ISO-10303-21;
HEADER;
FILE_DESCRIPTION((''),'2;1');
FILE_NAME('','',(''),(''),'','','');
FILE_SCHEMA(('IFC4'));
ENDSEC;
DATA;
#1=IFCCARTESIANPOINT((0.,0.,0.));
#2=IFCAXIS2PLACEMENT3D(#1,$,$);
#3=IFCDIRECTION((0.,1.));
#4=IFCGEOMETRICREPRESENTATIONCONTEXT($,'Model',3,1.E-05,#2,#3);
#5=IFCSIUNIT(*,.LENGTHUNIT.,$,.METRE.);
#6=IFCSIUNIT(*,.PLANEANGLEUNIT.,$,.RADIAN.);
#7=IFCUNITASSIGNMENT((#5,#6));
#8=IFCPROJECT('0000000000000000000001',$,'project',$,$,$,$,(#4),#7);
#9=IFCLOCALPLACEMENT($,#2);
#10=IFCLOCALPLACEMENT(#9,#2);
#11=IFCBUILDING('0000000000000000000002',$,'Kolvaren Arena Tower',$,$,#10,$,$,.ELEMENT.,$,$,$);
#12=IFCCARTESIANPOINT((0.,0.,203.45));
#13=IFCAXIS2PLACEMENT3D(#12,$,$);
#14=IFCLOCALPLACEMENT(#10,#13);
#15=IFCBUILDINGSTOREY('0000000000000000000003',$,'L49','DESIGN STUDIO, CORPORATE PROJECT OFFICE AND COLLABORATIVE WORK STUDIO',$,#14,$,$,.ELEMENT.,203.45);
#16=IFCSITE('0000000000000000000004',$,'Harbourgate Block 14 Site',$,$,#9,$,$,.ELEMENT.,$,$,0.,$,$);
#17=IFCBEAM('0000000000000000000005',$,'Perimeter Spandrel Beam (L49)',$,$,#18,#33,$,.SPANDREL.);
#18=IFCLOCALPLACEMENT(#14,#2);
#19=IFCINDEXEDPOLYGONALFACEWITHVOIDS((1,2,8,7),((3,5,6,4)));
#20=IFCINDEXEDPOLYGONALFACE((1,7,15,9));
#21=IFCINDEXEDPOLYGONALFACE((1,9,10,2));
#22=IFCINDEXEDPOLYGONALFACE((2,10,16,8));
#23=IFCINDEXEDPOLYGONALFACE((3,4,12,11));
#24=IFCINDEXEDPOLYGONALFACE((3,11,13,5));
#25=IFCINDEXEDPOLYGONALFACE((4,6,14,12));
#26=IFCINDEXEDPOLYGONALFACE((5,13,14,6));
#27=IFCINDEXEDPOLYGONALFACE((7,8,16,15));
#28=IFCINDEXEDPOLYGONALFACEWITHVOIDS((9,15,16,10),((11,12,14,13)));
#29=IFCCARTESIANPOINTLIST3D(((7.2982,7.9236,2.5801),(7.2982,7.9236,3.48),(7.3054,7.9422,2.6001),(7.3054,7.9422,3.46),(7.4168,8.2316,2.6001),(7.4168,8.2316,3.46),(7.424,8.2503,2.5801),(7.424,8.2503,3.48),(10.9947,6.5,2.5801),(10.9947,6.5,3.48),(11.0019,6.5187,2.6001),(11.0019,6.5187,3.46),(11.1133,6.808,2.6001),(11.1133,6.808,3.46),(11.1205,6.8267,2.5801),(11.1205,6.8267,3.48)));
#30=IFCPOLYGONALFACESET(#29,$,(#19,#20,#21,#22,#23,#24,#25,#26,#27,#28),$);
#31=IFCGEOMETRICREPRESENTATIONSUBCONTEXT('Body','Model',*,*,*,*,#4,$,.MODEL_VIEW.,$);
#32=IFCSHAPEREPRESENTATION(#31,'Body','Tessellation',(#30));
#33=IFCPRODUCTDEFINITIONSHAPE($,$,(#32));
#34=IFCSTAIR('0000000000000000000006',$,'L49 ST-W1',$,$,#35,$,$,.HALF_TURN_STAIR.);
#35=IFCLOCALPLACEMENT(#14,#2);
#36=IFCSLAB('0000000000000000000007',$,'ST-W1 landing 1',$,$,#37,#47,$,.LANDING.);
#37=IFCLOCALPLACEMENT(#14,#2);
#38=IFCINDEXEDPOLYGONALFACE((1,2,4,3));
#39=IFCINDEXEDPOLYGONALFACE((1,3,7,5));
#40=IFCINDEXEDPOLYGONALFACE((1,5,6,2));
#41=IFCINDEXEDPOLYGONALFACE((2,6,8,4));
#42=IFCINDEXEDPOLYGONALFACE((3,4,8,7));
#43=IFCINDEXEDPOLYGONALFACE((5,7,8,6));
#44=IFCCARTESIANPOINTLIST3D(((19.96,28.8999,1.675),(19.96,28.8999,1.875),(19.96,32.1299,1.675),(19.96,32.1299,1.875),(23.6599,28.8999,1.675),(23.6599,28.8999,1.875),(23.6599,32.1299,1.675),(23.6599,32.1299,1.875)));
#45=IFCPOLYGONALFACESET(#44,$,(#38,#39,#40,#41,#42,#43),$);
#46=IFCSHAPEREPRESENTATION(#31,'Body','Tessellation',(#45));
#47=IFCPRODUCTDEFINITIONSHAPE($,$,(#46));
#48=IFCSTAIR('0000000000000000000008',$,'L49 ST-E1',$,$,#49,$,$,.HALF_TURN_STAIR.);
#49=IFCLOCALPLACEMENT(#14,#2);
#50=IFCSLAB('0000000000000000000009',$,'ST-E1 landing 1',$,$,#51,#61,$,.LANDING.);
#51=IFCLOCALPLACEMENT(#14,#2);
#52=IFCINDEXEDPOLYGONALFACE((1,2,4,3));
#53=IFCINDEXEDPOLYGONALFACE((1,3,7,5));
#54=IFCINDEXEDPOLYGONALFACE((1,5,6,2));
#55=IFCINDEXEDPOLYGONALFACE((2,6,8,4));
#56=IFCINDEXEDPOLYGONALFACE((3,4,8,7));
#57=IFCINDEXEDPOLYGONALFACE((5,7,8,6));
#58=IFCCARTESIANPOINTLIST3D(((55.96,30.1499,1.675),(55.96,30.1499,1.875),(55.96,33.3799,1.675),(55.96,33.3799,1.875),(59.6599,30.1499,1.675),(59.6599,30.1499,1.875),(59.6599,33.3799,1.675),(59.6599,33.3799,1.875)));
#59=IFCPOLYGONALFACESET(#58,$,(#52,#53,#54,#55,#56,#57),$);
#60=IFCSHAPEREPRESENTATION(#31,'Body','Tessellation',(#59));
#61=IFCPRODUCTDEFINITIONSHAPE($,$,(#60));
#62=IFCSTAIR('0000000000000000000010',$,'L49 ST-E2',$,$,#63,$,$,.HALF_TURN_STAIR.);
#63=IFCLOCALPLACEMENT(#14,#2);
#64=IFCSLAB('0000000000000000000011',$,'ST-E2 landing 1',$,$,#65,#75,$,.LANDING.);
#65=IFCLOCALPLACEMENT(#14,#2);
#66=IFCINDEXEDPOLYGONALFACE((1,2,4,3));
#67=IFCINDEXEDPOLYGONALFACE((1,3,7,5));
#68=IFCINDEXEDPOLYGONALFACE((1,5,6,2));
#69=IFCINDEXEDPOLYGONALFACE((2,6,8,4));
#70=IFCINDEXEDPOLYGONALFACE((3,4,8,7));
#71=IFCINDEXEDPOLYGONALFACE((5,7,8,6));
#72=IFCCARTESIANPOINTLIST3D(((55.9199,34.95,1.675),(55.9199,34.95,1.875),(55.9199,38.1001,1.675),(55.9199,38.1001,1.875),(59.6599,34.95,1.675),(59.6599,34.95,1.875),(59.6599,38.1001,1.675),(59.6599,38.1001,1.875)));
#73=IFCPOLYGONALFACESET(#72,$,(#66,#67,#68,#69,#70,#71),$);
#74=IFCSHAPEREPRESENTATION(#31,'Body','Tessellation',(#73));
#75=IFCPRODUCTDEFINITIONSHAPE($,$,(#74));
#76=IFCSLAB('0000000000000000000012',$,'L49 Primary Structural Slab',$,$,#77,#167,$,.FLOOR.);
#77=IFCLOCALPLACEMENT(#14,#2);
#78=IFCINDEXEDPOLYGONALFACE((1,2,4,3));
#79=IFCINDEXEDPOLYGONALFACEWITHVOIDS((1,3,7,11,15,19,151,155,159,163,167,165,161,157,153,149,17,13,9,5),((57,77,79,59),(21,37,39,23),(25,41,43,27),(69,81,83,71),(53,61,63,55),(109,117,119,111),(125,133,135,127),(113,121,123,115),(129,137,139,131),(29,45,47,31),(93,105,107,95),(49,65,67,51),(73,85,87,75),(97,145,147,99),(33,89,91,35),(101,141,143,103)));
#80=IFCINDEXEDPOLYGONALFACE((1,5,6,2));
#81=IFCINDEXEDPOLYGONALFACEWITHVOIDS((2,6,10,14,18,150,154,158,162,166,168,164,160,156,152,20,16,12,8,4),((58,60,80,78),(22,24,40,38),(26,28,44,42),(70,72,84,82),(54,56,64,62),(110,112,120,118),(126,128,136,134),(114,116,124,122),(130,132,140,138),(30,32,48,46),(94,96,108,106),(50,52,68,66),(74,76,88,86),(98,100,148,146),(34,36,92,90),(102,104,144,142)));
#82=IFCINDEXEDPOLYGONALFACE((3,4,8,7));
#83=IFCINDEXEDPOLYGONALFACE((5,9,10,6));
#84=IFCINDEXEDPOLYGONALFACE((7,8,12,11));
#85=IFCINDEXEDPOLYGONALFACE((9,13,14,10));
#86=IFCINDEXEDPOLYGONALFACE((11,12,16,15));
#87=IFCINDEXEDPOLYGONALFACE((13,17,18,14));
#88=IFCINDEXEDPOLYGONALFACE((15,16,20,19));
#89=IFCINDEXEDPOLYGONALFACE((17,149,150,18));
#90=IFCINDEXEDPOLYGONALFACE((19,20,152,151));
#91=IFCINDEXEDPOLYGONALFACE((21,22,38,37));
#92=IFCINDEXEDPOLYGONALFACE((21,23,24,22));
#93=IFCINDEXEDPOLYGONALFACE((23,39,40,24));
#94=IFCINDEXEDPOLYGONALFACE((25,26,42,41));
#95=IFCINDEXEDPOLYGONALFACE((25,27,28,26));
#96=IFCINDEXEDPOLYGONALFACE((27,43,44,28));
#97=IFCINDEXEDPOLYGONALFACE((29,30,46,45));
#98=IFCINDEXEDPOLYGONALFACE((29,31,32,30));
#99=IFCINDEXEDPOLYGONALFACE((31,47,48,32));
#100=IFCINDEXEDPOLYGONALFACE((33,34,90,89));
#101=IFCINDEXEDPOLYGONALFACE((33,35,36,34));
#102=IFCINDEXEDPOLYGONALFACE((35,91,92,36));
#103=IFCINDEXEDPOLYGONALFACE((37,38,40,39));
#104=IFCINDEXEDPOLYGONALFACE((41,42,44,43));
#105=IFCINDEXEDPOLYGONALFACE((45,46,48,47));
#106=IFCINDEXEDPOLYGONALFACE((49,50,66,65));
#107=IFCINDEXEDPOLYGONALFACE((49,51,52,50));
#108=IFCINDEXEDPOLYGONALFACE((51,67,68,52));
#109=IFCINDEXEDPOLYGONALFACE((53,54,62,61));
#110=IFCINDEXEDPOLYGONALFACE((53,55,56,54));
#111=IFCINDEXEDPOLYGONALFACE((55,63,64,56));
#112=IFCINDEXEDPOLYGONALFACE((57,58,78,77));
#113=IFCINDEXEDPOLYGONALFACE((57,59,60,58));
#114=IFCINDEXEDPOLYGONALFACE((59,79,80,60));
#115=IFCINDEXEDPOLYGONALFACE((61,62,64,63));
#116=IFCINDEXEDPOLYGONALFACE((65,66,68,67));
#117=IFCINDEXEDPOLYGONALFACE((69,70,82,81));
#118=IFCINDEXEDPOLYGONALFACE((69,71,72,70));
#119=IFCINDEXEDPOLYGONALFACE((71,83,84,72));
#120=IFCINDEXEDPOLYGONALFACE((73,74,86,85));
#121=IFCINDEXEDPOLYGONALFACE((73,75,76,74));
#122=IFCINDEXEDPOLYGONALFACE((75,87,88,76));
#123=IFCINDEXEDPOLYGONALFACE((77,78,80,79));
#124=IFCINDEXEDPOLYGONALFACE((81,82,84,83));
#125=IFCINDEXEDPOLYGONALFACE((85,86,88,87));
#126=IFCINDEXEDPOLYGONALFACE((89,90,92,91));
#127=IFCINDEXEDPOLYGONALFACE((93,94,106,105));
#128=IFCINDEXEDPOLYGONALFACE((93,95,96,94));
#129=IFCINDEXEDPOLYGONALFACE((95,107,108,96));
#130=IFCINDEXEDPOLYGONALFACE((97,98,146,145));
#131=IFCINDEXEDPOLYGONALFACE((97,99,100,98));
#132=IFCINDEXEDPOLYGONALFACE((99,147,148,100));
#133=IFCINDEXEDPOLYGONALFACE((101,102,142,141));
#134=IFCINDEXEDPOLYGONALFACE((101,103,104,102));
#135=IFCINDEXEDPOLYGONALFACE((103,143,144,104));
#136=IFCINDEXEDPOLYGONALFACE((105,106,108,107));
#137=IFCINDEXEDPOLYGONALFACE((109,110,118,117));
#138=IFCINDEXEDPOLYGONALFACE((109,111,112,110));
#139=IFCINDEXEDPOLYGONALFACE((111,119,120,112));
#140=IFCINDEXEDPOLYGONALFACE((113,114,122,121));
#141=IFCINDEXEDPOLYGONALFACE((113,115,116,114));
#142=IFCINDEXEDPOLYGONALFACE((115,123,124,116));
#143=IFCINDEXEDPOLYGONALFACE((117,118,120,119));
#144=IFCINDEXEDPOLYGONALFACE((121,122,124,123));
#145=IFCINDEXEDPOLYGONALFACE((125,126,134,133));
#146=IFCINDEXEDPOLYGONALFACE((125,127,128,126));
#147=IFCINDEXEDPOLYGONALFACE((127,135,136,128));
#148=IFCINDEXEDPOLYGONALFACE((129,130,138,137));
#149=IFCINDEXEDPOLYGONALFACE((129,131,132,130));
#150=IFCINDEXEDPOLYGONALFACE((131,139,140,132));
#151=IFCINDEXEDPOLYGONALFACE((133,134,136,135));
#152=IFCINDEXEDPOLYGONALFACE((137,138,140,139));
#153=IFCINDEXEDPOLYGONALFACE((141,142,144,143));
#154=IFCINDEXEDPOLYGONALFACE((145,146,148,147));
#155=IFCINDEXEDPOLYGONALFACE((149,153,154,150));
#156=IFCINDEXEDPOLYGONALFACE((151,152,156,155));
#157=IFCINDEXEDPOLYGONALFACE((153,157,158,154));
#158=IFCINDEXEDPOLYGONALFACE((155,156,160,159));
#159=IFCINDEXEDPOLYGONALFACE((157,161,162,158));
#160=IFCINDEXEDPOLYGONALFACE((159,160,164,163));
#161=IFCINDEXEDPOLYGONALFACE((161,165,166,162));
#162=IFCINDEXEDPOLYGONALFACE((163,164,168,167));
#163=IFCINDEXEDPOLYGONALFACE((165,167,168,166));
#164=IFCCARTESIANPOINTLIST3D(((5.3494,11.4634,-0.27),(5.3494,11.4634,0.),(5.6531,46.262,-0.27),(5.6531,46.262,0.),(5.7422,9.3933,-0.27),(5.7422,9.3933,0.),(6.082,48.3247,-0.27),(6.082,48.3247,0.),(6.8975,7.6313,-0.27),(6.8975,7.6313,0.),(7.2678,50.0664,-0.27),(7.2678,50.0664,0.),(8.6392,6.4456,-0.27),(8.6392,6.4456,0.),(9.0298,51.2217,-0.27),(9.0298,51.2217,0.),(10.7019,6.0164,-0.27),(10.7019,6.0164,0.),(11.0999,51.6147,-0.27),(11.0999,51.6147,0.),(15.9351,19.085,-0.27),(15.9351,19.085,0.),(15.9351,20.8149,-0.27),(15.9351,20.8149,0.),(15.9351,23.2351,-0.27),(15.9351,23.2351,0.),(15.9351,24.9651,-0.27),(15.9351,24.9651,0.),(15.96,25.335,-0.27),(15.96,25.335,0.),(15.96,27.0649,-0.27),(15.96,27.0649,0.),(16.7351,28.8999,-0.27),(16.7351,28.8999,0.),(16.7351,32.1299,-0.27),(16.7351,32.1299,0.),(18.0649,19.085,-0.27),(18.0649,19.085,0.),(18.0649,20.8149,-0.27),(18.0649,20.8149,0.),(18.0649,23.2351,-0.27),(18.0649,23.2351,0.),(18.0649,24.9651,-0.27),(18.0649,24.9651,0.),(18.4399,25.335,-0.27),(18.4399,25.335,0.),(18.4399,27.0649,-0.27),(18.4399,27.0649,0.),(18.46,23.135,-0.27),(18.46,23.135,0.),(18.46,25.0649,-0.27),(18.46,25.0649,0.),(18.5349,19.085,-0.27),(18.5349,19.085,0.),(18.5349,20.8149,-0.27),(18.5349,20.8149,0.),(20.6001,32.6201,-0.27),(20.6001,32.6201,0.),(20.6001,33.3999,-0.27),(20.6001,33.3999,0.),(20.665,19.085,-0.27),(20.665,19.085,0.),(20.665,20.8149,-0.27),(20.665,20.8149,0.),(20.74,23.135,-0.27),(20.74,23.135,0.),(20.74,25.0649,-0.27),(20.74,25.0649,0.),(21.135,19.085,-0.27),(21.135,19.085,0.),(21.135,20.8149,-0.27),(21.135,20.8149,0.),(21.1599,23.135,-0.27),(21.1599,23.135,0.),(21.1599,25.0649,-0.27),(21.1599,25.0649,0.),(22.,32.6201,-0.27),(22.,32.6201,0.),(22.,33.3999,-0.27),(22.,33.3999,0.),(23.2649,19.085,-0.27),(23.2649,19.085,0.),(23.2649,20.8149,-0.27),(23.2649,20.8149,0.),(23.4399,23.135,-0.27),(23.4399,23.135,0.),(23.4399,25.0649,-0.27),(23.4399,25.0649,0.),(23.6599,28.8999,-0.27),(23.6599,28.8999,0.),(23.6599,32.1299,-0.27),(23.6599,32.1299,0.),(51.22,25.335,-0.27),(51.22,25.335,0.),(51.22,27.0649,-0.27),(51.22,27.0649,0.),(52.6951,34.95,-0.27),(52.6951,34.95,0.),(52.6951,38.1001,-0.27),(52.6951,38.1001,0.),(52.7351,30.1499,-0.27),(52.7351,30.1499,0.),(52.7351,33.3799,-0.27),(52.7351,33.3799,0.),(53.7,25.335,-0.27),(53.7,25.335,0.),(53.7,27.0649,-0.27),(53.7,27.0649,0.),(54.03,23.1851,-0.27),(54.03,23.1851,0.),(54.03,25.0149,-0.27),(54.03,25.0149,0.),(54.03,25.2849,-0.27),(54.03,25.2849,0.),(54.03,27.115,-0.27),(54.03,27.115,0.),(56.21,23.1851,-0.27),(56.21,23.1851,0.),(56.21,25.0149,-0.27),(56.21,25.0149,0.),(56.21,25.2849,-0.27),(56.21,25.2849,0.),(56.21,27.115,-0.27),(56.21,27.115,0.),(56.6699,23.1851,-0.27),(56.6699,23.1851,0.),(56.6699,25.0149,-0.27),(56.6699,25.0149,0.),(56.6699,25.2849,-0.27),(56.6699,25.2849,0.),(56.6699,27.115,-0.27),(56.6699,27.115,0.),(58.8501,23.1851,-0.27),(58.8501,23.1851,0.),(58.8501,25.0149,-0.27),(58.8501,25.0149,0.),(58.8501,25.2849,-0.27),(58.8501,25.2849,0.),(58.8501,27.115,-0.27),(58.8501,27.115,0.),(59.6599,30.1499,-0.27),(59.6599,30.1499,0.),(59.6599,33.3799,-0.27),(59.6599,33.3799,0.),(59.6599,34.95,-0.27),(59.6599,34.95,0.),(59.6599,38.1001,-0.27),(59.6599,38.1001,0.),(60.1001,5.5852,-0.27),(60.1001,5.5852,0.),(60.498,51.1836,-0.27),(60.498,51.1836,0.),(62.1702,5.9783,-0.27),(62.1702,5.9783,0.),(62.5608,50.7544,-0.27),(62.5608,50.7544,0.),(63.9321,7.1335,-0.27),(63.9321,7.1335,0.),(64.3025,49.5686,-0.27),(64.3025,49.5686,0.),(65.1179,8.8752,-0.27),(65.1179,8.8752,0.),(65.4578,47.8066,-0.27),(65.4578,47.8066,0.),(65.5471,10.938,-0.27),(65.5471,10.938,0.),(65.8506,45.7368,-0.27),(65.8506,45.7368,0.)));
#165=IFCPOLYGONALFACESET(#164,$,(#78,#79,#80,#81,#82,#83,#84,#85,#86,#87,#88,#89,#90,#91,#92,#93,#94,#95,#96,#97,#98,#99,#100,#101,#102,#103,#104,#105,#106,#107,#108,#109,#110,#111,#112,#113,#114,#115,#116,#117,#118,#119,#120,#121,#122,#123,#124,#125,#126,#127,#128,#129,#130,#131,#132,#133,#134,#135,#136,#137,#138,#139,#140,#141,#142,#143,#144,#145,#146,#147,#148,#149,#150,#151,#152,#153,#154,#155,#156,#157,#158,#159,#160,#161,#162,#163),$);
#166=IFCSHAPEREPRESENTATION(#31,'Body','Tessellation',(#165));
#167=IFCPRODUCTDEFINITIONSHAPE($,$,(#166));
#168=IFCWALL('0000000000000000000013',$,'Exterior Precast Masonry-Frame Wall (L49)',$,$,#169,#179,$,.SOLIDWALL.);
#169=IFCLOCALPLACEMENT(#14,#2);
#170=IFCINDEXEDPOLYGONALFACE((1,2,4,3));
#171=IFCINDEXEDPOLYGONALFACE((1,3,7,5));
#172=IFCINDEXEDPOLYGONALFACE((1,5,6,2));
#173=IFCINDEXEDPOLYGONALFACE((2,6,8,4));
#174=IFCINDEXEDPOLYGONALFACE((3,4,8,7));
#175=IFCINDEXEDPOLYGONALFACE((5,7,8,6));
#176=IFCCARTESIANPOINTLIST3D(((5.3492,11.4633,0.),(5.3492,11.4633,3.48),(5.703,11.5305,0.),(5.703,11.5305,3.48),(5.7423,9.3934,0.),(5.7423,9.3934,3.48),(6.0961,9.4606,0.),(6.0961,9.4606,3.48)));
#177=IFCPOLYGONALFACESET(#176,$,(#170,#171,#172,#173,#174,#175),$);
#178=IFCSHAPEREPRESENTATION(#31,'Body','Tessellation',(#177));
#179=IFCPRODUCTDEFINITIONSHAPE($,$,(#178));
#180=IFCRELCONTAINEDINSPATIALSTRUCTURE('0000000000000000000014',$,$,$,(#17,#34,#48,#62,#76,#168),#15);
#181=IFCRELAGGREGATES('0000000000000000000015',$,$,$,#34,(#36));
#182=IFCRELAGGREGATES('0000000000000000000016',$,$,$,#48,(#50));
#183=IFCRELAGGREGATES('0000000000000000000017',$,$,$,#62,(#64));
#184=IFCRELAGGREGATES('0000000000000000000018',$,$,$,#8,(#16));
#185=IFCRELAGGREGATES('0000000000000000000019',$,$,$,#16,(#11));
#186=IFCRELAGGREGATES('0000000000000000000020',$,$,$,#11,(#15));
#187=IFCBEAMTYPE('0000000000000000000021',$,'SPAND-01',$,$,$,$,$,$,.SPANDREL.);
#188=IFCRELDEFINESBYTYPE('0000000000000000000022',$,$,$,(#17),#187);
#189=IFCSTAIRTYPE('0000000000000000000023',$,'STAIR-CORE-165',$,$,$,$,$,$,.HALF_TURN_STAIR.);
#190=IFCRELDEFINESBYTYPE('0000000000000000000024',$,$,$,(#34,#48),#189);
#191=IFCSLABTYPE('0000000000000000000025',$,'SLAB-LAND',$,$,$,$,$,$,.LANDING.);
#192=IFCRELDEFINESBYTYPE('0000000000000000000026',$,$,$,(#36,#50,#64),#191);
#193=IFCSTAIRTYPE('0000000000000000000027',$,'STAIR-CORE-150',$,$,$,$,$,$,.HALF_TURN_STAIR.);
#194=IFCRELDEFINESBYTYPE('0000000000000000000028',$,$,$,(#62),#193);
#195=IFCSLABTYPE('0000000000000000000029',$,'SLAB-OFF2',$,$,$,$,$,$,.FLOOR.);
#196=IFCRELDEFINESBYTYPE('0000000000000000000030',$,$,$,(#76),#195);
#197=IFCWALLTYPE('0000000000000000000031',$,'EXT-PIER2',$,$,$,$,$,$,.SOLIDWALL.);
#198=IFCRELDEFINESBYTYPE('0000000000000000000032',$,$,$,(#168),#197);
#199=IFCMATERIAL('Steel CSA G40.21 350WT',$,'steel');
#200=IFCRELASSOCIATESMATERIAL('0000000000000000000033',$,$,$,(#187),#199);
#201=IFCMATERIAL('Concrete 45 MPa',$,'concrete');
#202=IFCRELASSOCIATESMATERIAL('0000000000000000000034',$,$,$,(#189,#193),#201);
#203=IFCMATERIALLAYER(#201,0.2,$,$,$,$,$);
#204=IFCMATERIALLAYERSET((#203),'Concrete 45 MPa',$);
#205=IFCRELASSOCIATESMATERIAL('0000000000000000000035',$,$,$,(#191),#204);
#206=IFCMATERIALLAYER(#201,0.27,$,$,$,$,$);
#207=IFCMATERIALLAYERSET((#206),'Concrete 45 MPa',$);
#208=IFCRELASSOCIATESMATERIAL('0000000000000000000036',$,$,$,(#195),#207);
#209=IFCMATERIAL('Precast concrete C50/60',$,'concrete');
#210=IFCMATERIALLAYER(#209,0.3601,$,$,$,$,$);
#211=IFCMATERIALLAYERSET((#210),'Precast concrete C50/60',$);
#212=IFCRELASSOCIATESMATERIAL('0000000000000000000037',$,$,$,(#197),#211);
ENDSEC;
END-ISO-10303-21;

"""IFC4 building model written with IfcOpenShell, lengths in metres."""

from ifc_helpers import new_model, si_unit, direction, frame, frame_2d, origin, origin_2d, place, context, subcontext, project, spatial, polyline, rectangle, hollow_rectangle, outline, extrude, material, layer, layer_set, material_profile, profile_set, type_object, element, aggregate, save


model = new_model("IFC4")

# Units and contexts
model_context = context("Model", 3, precision=1e-05, world=origin(), true_north=direction((0.0, 1.0)))
body_context = subcontext(model_context, "Body", "Model", "MODEL_VIEW")
ifc_project = project(units=[si_unit("LENGTHUNIT", "METRE"), si_unit("PLANEANGLEUNIT", "RADIAN")], contexts=[model_context])

# Site, building, storey
site_placement = place(None, origin())
site = spatial("IfcSite", under=ifc_project, at=site_placement, Name="Harbourgate Block 14 Site", CompositionType="ELEMENT", RefElevation=0.0)
building_placement = place(site_placement, origin())
building = spatial("IfcBuilding", under=site, at=building_placement, Name="Kolvaren Arena Tower", CompositionType="ELEMENT")
storey_placement = place(building_placement, frame((0.0, 0.0, 203.45)))
storey = spatial("IfcBuildingStorey", under=building, at=storey_placement, Name="L49", Description="DESIGN STUDIO, CORPORATE PROJECT OFFICE AND COLLABORATIVE WORK STUDIO", CompositionType="ELEMENT", Elevation=203.45)

# Beam
ifc_material_1 = material(Name="Steel CSA G40.21 350WT", Category="steel")
ifc_material_profile_1 = material_profile(ifc_material_1, hollow_rectangle(XDim=0.3501, YDim=0.8999, WallThickness=0.02, at=origin_2d()), Name="HSS 900x350x20")
ifc_profile_set_1 = profile_set([ifc_material_profile_1], Name="Steel CSA G40.21 350WT")
beam_type_1 = type_object("IfcBeamType", Name="SPAND-01", PredefinedType="SPANDREL", material=ifc_profile_set_1)
beam_1_placement = place(storey_placement, frame((7.3611, 8.0869, 3.03), z_axis=(0.93319, -0.359384, 0.0), x_axis=(0.359384, 0.93319, 0.0)))
element("IfcBeam", 1, at=beam_1_placement, inside=storey, type_object=beam_type_1, Name="Perimeter Spandrel Beam (L49)", PredefinedType="SPANDREL", context=body_context, shape_type="SweptSolid", body=[
    extrude(hollow_rectangle(XDim=0.3501, YDim=0.8999, WallThickness=0.02, at=origin_2d()), origin(), (0.0, 0.0, 1.0), 3.9612),
])

# Stairs, slabs
ifc_material_2 = material(Name="Concrete 45 MPa", Category="concrete")
stair_type_1 = type_object("IfcStairType", Name="STAIR-CORE-165", PredefinedType="HALF_TURN_STAIR", material=ifc_material_2)
stair_1_placement = place(storey_placement, origin())
stair_1 = element("IfcStair", 2, at=stair_1_placement, inside=storey, type_object=stair_type_1, Name="L49 ST-W1", PredefinedType="HALF_TURN_STAIR")
ifc_layer_1 = layer(ifc_material_2, 0.2)
ifc_layer_set_1 = layer_set([ifc_layer_1], Name="Concrete 45 MPa")
slab_type_1 = type_object("IfcSlabType", Name="SLAB-LAND", PredefinedType="LANDING", material=ifc_layer_set_1)
slab_1_placement = place(storey_placement, frame((0.0, 0.0, 1.675)))
slab_1 = element("IfcSlab", 3, at=slab_1_placement, type_object=slab_type_1, Name="ST-W1 landing 1", PredefinedType="LANDING", context=body_context, shape_type="SweptSolid", body=[
    extrude(outline(polyline([(19.96, 28.8999), (23.6599, 28.8999), (23.6599, 32.1299), (19.96, 32.1299), (19.96, 28.8999)])), origin(), (0.0, 0.0, 1.0), 0.2),
])
aggregate(stair_1, [slab_1])
stair_2_placement = place(storey_placement, origin())
stair_2 = element("IfcStair", 4, at=stair_2_placement, inside=storey, type_object=stair_type_1, Name="L49 ST-E1", PredefinedType="HALF_TURN_STAIR")
slab_2_placement = place(storey_placement, frame((0.0, 0.0, 1.675)))
slab_2 = element("IfcSlab", 5, at=slab_2_placement, type_object=slab_type_1, Name="ST-E1 landing 1", PredefinedType="LANDING", context=body_context, shape_type="SweptSolid", body=[
    extrude(outline(polyline([(55.96, 30.1499), (59.6599, 30.1499), (59.6599, 33.3799), (55.96, 33.3799), (55.96, 30.1499)])), origin(), (0.0, 0.0, 1.0), 0.2),
])
aggregate(stair_2, [slab_2])
stair_type_2 = type_object("IfcStairType", Name="STAIR-CORE-150", PredefinedType="HALF_TURN_STAIR", material=ifc_material_2)
stair_3_placement = place(storey_placement, origin())
stair_3 = element("IfcStair", 6, at=stair_3_placement, inside=storey, type_object=stair_type_2, Name="L49 ST-E2", PredefinedType="HALF_TURN_STAIR")
slab_3_placement = place(storey_placement, frame((0.0, 0.0, 1.675)))
slab_3 = element("IfcSlab", 7, at=slab_3_placement, type_object=slab_type_1, Name="ST-E2 landing 1", PredefinedType="LANDING", context=body_context, shape_type="SweptSolid", body=[
    extrude(outline(polyline([(55.9199, 34.95), (59.6599, 34.95), (59.6599, 38.1001), (55.9199, 38.1001), (55.9199, 34.95)])), origin(), (0.0, 0.0, 1.0), 0.2),
])
aggregate(stair_3, [slab_3])

# Slab
ifc_layer_2 = layer(ifc_material_2, 0.27)
ifc_layer_set_2 = layer_set([ifc_layer_2], Name="Concrete 45 MPa")
slab_type_2 = type_object("IfcSlabType", Name="SLAB-OFF2", PredefinedType="FLOOR", material=ifc_layer_set_2)
slab_4_placement = place(storey_placement, frame((0.0, 0.0, -0.27)))
element("IfcSlab", 8, at=slab_4_placement, inside=storey, type_object=slab_type_2, Name="L49 Primary Structural Slab", PredefinedType="FLOOR", context=body_context, shape_type="SweptSolid", body=[
    extrude(outline(polyline([(60.1001, 5.5852), (62.1702, 5.9783), (63.9321, 7.1335), (65.1179, 8.8752), (65.5471, 10.938), (65.8506, 45.7368), (65.4578, 47.8066), (64.3025, 49.5686), (62.5608, 50.7544), (60.498, 51.1836), (11.0999, 51.6147), (9.0298, 51.2217), (7.2678, 50.0664), (6.082, 48.3247), (5.6531, 46.262), (5.3494, 11.4634), (5.7422, 9.3933), (6.8975, 7.6313), (8.6392, 6.4456), (10.7019, 6.0164), (60.1001, 5.5852)]), holes=[polyline([(15.9351, 19.085), (15.9351, 20.8149), (18.0649, 20.8149), (18.0649, 19.085), (15.9351, 19.085)]), polyline([(18.5349, 19.085), (18.5349, 20.8149), (20.665, 20.8149), (20.665, 19.085), (18.5349, 19.085)]), polyline([(21.135, 19.085), (21.135, 20.8149), (23.2649, 20.8149), (23.2649, 19.085), (21.135, 19.085)]), polyline([(18.46, 23.135), (18.46, 25.0649), (20.74, 25.0649), (20.74, 23.135), (18.46, 23.135)]), polyline([(21.1599, 23.135), (21.1599, 25.0649), (23.4399, 25.0649), (23.4399, 23.135), (21.1599, 23.135)]), polyline([(54.03, 23.1851), (54.03, 25.0149), (56.21, 25.0149), (56.21, 23.1851), (54.03, 23.1851)]), polyline([(56.6699, 23.1851), (56.6699, 25.0149), (58.8501, 25.0149), (58.8501, 23.1851), (56.6699, 23.1851)]), polyline([(15.9351, 23.2351), (15.9351, 24.9651), (18.0649, 24.9651), (18.0649, 23.2351), (15.9351, 23.2351)]), polyline([(54.03, 25.2849), (54.03, 27.115), (56.21, 27.115), (56.21, 25.2849), (54.03, 25.2849)]), polyline([(56.6699, 25.2849), (56.6699, 27.115), (58.8501, 27.115), (58.8501, 25.2849), (56.6699, 25.2849)]), polyline([(15.96, 25.335), (15.96, 27.0649), (18.4399, 27.0649), (18.4399, 25.335), (15.96, 25.335)]), polyline([(51.22, 25.335), (51.22, 27.0649), (53.7, 27.0649), (53.7, 25.335), (51.22, 25.335)]), polyline([(16.7351, 28.8999), (16.7351, 32.1299), (23.6599, 32.1299), (23.6599, 28.8999), (16.7351, 28.8999)]), polyline([(52.7351, 30.1499), (52.7351, 33.3799), (59.6599, 33.3799), (59.6599, 30.1499), (52.7351, 30.1499)]), polyline([(20.6001, 32.6201), (20.6001, 33.3999), (22.0, 33.3999), (22.0, 32.6201), (20.6001, 32.6201)]), polyline([(52.6951, 34.95), (52.6951, 38.1001), (59.6599, 38.1001), (59.6599, 34.95), (52.6951, 34.95)])]), origin(), (0.0, 0.0, 1.0), 0.27),
])

# Wall
ifc_material_3 = material(Name="Precast concrete C50/60", Category="concrete")
ifc_layer_3 = layer(ifc_material_3, 0.3601)
ifc_layer_set_3 = layer_set([ifc_layer_3], Name="Precast concrete C50/60")
wall_type = type_object("IfcWallType", Name="EXT-PIER2", PredefinedType="SOLIDWALL", material=ifc_layer_set_3)
for number, where, z_axis, x_axis, name in (
    (9, (5.9192, 9.427, 0.0), (0.0, 0.0, 1.0), (-0.186569, 0.982442, 0.0), "Exterior Precast Masonry-Frame Wall (L49)"),
):
    element("IfcWall", number, at=place(storey_placement, frame(where, z_axis=z_axis, x_axis=x_axis)), inside=storey, type_object=wall_type, Name=name, PredefinedType="SOLIDWALL", context=body_context, shape_type="SweptSolid", body=[
        extrude(rectangle(XDim=2.1069, YDim=0.3601, at=frame_2d((1.0535, 0.0))), origin(), (0.0, 0.0, 1.0), 3.48),
    ])

save(model, "model.ifc")
